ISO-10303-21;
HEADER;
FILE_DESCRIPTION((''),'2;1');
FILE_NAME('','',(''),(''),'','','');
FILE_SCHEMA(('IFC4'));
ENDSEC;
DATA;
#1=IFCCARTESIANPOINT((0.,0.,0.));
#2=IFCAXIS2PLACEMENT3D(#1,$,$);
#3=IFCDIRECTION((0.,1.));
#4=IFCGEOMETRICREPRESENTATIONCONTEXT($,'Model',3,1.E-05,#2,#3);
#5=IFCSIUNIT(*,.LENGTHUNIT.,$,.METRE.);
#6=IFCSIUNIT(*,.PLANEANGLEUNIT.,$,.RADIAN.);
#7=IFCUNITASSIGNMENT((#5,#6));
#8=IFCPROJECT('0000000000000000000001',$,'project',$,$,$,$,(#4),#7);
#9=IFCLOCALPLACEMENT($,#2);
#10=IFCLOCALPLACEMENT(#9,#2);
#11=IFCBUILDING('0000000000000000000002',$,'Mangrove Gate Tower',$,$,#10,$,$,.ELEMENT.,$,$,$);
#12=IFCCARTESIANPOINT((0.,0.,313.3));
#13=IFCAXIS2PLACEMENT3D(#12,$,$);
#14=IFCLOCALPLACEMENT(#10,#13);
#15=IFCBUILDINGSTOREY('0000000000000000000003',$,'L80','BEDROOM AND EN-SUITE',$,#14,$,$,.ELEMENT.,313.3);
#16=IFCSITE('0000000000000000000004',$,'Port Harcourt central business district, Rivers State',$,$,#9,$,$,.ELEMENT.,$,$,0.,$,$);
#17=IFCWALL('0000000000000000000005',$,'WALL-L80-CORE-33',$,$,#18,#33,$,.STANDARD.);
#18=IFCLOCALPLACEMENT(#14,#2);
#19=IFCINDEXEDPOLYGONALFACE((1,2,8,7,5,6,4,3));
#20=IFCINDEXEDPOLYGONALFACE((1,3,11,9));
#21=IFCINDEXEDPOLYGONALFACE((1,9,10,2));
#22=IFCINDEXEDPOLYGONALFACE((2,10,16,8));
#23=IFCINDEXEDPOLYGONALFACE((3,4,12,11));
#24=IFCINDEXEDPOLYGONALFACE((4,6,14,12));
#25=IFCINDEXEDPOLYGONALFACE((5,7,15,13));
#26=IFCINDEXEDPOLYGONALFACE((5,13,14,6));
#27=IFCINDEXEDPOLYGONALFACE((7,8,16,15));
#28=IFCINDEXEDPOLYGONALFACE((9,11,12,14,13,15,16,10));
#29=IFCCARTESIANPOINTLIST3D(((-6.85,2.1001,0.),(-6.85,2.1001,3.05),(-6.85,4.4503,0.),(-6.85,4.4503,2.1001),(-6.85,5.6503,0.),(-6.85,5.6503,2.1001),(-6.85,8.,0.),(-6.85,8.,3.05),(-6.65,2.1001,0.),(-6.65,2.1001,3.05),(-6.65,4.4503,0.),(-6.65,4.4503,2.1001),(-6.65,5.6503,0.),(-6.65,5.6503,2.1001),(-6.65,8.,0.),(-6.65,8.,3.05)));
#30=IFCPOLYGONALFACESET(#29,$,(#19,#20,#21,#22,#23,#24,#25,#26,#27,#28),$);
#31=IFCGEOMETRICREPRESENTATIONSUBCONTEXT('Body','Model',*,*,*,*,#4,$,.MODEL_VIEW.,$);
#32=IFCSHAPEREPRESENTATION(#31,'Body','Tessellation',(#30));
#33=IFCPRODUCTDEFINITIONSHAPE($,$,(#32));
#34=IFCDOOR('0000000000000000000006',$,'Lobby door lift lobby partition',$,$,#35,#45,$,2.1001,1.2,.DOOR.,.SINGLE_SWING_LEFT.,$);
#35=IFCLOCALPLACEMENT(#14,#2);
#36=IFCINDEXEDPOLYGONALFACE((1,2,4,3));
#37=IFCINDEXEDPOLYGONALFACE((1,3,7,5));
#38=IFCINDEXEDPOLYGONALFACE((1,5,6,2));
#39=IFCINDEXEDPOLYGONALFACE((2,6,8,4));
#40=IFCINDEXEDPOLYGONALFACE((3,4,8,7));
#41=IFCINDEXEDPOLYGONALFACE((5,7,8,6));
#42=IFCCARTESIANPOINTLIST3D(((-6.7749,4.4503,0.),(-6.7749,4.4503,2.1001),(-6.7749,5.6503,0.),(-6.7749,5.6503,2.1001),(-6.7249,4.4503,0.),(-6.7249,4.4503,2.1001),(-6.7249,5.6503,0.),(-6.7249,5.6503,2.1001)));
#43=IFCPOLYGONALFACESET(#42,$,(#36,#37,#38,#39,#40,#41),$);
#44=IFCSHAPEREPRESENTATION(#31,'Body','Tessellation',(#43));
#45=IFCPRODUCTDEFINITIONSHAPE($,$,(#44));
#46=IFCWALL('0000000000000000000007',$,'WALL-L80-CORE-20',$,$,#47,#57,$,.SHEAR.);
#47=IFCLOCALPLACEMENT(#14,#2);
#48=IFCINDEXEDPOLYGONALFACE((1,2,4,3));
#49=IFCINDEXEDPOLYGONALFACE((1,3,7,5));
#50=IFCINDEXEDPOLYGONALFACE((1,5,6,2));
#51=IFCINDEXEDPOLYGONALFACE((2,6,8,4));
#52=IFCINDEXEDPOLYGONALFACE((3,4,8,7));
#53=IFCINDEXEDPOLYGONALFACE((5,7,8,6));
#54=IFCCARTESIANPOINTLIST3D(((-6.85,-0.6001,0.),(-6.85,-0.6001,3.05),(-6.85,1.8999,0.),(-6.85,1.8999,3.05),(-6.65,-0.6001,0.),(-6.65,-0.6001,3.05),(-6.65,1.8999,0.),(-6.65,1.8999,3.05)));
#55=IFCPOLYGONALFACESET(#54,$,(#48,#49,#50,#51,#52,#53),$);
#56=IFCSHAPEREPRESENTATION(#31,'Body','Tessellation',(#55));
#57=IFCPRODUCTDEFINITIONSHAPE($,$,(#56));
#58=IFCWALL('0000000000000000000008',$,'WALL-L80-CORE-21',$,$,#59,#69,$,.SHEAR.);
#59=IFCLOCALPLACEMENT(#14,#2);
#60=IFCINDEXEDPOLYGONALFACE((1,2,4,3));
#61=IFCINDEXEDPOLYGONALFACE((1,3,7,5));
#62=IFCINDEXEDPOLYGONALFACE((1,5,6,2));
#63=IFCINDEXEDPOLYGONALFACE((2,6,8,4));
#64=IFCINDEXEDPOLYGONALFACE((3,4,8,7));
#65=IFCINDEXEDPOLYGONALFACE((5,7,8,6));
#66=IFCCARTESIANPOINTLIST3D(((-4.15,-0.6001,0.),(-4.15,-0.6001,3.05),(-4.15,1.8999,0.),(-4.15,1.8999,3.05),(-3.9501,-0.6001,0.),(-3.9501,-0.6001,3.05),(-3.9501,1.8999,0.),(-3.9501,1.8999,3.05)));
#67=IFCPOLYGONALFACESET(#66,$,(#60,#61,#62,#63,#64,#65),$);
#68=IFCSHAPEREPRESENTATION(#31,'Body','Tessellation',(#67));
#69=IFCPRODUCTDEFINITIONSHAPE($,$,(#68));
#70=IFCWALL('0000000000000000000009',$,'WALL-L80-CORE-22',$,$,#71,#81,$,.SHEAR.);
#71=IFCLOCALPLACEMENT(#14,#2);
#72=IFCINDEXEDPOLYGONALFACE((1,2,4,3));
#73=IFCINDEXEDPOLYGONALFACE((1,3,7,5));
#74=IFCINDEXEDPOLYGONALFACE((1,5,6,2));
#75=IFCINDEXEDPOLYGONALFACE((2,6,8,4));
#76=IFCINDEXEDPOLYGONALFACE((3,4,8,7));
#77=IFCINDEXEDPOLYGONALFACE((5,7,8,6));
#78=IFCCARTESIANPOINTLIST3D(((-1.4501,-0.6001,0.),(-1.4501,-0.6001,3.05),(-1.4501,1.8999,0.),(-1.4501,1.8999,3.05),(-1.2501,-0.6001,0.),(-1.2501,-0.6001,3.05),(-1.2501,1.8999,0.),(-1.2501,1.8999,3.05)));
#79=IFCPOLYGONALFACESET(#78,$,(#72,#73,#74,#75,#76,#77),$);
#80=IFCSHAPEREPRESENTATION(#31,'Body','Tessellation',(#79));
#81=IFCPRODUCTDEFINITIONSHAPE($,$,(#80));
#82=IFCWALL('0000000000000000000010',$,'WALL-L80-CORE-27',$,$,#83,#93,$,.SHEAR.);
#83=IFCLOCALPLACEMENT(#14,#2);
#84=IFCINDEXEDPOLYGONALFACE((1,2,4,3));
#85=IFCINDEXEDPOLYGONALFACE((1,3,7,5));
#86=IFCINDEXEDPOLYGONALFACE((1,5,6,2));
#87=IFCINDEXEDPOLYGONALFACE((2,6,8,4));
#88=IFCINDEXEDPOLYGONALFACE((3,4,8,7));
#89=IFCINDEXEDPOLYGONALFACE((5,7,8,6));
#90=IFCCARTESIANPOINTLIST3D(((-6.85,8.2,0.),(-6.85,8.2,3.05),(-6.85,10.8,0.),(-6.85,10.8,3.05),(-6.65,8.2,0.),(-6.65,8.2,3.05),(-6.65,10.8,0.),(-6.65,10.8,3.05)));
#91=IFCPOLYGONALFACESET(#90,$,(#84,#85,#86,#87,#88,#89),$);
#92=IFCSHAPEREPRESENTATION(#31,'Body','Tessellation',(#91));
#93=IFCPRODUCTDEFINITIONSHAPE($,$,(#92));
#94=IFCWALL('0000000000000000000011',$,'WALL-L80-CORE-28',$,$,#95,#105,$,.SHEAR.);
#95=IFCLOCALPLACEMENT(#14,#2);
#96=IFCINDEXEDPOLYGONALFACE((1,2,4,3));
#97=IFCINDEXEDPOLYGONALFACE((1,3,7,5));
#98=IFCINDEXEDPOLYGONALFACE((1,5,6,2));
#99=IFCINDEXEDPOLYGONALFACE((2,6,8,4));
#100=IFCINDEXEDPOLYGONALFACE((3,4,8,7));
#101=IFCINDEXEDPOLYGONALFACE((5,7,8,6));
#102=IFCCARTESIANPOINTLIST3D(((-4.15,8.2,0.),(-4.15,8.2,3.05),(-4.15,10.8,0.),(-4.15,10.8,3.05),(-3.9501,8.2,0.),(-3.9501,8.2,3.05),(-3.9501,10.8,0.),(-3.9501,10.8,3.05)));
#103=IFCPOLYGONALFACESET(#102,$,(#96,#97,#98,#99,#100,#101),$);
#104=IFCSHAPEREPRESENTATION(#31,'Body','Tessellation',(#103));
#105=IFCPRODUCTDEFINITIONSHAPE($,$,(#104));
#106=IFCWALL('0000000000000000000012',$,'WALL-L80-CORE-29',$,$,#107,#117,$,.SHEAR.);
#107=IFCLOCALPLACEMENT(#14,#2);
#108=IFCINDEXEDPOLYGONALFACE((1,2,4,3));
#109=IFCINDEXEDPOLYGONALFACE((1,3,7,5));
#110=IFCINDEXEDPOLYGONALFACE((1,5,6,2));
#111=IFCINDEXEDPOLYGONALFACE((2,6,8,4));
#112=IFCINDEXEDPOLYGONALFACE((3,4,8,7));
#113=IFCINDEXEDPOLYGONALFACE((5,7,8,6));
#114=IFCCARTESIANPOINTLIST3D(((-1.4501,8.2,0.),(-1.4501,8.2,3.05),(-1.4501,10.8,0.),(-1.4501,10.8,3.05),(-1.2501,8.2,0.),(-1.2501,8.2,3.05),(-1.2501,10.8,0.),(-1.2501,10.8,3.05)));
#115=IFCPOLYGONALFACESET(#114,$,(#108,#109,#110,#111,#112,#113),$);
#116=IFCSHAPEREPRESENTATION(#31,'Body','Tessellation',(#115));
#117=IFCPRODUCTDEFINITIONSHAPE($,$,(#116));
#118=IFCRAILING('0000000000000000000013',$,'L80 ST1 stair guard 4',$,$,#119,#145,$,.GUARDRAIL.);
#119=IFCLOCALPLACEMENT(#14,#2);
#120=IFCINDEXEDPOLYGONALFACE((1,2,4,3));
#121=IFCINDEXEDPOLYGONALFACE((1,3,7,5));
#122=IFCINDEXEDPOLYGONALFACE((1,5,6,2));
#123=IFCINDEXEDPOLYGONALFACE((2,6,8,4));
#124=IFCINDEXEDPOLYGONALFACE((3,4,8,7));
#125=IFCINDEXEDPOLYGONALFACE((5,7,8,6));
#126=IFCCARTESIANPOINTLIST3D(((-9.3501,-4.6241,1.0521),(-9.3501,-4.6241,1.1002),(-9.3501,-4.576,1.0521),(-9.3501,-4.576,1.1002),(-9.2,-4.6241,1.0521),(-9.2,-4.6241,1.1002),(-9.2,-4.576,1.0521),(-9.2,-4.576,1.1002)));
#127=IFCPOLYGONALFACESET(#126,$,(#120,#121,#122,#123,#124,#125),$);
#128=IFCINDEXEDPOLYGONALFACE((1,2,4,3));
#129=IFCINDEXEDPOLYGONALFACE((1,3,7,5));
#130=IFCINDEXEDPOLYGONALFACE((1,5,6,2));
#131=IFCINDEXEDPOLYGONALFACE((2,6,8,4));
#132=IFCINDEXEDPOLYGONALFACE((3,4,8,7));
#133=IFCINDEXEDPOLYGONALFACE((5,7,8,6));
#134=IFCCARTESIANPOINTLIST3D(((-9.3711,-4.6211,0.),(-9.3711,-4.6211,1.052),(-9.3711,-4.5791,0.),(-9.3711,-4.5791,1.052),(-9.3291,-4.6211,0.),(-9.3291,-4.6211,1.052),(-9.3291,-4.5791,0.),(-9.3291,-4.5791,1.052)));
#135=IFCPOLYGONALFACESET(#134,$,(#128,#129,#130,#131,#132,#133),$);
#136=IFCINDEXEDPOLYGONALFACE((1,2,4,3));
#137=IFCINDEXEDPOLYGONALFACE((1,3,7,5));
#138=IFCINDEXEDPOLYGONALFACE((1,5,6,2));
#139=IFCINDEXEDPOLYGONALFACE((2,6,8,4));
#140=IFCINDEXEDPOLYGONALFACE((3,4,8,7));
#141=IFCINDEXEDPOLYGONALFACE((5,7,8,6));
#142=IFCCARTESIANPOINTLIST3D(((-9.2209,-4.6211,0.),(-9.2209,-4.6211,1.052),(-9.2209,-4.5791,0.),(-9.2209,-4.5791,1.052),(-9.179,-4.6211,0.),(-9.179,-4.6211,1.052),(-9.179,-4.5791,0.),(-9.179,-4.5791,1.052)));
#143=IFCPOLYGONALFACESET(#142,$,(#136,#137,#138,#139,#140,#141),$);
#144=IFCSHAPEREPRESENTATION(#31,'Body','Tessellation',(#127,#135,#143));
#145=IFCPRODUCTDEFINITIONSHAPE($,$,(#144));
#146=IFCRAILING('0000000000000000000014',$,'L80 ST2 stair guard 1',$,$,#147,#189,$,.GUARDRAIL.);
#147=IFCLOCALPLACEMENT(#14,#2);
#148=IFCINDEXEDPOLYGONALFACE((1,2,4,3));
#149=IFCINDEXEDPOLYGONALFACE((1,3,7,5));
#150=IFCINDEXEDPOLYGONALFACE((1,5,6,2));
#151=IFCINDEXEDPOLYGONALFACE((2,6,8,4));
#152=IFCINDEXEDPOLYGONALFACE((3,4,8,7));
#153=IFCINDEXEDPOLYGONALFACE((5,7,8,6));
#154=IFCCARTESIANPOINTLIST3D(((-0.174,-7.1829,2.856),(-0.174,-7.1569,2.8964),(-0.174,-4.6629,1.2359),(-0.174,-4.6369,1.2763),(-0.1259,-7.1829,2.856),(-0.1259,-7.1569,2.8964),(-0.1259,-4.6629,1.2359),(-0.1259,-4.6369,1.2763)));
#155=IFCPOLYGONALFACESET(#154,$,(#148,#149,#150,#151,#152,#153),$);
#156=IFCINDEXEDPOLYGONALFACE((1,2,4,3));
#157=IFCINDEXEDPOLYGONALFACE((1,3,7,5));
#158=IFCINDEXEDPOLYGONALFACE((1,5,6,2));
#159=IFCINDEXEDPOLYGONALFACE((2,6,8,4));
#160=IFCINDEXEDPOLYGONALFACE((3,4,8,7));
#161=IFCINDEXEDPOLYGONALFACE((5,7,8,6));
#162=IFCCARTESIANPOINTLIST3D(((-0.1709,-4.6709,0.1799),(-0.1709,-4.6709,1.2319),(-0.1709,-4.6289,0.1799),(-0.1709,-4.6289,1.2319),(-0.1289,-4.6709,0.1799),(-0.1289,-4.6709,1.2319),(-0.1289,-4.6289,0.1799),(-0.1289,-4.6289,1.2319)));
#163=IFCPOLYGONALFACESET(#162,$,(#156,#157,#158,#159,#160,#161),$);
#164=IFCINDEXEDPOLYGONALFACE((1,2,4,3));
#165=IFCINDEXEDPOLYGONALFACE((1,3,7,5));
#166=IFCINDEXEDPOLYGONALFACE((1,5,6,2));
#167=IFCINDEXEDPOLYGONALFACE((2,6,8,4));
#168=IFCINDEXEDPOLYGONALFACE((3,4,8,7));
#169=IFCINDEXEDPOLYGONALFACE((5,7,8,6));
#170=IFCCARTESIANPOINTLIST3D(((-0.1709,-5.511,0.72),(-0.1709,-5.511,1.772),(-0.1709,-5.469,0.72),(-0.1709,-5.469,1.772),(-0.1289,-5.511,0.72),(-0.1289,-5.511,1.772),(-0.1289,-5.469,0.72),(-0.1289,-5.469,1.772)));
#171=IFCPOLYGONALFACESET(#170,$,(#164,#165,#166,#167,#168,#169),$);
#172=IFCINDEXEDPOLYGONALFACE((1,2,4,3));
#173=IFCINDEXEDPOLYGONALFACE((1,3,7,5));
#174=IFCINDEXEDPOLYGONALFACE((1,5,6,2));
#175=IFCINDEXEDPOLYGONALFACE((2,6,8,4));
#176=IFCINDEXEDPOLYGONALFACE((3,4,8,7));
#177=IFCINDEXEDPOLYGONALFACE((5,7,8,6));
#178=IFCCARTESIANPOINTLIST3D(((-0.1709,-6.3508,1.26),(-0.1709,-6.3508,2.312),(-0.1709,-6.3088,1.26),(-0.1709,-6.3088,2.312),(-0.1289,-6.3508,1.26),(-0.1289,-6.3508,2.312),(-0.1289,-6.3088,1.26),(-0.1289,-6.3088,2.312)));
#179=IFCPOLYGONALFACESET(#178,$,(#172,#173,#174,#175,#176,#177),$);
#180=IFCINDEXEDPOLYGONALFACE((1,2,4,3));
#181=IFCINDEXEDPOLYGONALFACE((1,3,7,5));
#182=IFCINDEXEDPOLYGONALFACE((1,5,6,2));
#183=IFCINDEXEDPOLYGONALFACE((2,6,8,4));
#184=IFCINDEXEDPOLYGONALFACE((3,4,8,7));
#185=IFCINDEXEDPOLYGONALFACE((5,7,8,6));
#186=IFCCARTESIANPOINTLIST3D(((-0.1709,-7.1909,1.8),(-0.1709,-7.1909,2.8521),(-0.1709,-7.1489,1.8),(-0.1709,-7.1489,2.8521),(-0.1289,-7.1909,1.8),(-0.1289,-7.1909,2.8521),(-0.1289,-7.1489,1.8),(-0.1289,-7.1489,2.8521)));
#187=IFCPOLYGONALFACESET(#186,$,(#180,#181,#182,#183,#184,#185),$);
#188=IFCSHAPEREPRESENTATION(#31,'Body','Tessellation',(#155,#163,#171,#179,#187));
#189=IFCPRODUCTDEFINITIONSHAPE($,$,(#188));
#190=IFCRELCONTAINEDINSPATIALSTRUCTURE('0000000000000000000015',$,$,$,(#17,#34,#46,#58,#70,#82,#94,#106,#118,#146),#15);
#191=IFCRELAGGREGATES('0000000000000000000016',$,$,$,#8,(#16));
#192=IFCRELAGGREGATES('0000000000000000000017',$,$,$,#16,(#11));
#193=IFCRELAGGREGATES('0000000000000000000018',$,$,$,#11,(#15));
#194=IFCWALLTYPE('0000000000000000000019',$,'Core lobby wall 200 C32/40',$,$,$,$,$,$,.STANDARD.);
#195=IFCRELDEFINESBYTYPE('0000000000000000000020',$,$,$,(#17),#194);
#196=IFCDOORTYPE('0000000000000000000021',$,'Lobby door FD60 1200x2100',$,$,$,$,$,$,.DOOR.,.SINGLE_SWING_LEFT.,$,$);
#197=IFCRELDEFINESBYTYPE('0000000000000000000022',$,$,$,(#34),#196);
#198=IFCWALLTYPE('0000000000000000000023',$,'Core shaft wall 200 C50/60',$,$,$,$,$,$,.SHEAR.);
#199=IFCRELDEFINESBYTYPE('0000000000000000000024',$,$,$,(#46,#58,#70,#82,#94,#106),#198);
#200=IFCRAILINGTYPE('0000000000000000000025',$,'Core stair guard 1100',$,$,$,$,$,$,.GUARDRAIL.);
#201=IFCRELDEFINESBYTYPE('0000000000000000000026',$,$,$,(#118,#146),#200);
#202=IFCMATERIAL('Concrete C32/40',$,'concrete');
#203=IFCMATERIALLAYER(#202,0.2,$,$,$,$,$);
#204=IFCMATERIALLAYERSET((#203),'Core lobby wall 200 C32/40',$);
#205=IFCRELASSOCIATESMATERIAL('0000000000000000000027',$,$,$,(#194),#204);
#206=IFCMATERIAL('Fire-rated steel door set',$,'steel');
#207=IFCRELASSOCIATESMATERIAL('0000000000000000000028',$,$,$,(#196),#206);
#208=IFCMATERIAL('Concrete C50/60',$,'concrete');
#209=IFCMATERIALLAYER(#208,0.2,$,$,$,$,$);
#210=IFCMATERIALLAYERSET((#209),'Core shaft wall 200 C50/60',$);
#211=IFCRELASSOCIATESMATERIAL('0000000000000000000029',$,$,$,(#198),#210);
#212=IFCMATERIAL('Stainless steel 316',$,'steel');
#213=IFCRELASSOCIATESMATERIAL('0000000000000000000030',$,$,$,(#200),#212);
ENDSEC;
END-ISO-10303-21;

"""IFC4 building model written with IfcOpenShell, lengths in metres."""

from ifc_helpers import new_model, si_unit, direction, frame, frame_2d, origin, origin_2d, place, context, subcontext, project, spatial, rectangle, extrude, material, layer, layer_set, type_object, element, fill, save


model = new_model("IFC4")

# Units and contexts
model_context = context("Model", 3, precision=1e-05, world=origin(), true_north=direction((0.0, 1.0)))
body_context = subcontext(model_context, "Body", "Model", "MODEL_VIEW")
ifc_project = project(units=[si_unit("LENGTHUNIT", "METRE"), si_unit("PLANEANGLEUNIT", "RADIAN")], contexts=[model_context])

# Site, building, storey
site_placement = place(None, origin())
site = spatial("IfcSite", under=ifc_project, at=site_placement, Name="Port Harcourt central business district, Rivers State", CompositionType="ELEMENT", RefElevation=0.0)
building_placement = place(site_placement, origin())
building = spatial("IfcBuilding", under=site, at=building_placement, Name="Mangrove Gate Tower", CompositionType="ELEMENT")
storey_placement = place(building_placement, frame((0.0, 0.0, 313.3)))
storey = spatial("IfcBuildingStorey", under=building, at=storey_placement, Name="L80", Description="BEDROOM AND EN-SUITE", CompositionType="ELEMENT", Elevation=313.3)

# Wall, opening, door
ifc_material_1 = material(Name="Concrete C32/40", Category="concrete")
ifc_layer_1 = layer(ifc_material_1, 0.2)
ifc_layer_set_1 = layer_set([ifc_layer_1], Name="Core lobby wall 200 C32/40")
wall_type_1 = type_object("IfcWallType", Name="Core lobby wall 200 C32/40", PredefinedType="STANDARD", material=ifc_layer_set_1)
wall_placement = place(storey_placement, frame((-6.75, 2.1001, 0.0), z_axis=(0.0, 0.0, 1.0), x_axis=(0.0, 1.0, 0.0)))
wall = element("IfcWall", 1, at=wall_placement, inside=storey, type_object=wall_type_1, Name="WALL-L80-CORE-33", PredefinedType="STANDARD", context=body_context, shape_type="SweptSolid", body=[
    extrude(rectangle(XDim=5.8999, YDim=0.2, at=frame_2d((2.95, 0.0))), origin(), (0.0, 0.0, 1.0), 3.05),
])
opening_placement = place(wall_placement, frame((2.3501, 0.0, 0.0)))
opening = element("IfcOpeningElement", 2, at=opening_placement, cuts=wall, PredefinedType="OPENING", context=body_context, shape_type="SweptSolid", body=[
    extrude(rectangle(XDim=1.2, YDim=2.1001, at=frame_2d((0.6001, 1.05))), frame((0.0, 0.1099, 0.0), z_axis=(0.0, -1.0, 0.0), x_axis=(1.0, 0.0, 0.0)), (0.0, 0.0, 1.0), 0.22),
])
ifc_material_2 = material(Name="Fire-rated steel door set", Category="steel")
door_type = type_object("IfcDoorType", Name="Lobby door FD60 1200x2100", OperationType="SINGLE_SWING_LEFT", PredefinedType="DOOR", material=ifc_material_2)
door_placement = place(opening_placement, origin())
door = element("IfcDoor", 3, at=door_placement, inside=storey, type_object=door_type, Name="Lobby door lift lobby partition", OperationType="SINGLE_SWING_LEFT", OverallHeight=2.1001, OverallWidth=1.2, PredefinedType="DOOR", context=body_context, shape_type="SweptSolid", body=[
    extrude(rectangle(XDim=1.2, YDim=2.1001, at=frame_2d((0.6001, 1.05))), frame((0.0, 0.0249, 0.0), z_axis=(0.0, -1.0, 0.0), x_axis=(1.0, 0.0, 0.0)), (0.0, 0.0, 1.0), 0.05),
])
fill(opening, door)

# Walls
ifc_material_3 = material(Name="Concrete C50/60", Category="concrete")
ifc_layer_2 = layer(ifc_material_3, 0.2)
ifc_layer_set_2 = layer_set([ifc_layer_2], Name="Core shaft wall 200 C50/60")
wall_type_2 = type_object("IfcWallType", Name="Core shaft wall 200 C50/60", PredefinedType="SHEAR", material=ifc_layer_set_2)
for number, where, z_axis, x_axis, name in (
    (4, (-6.75, -0.6001, 0.0), (0.0, 0.0, 1.0), (0.0, 1.0, 0.0), "WALL-L80-CORE-20"),
    (5, (-4.05, -0.6001, 0.0), (0.0, 0.0, 1.0), (0.0, 1.0, 0.0), "WALL-L80-CORE-21"),
    (6, (-1.3501, -0.6001, 0.0), (0.0, 0.0, 1.0), (0.0, 1.0, 0.0), "WALL-L80-CORE-22"),
):
    element("IfcWall", number, at=place(storey_placement, frame(where, z_axis=z_axis, x_axis=x_axis)), inside=storey, type_object=wall_type_2, Name=name, PredefinedType="SHEAR", context=body_context, shape_type="SweptSolid", body=[
        extrude(rectangle(XDim=2.5, YDim=0.2, at=frame_2d((1.25, 0.0))), origin(), (0.0, 0.0, 1.0), 3.05),
    ])
for number, where, z_axis, x_axis, name in (
    (7, (-6.75, 8.2, 0.0), (0.0, 0.0, 1.0), (0.0, 1.0, 0.0), "WALL-L80-CORE-27"),
    (8, (-4.05, 8.2, 0.0), (0.0, 0.0, 1.0), (0.0, 1.0, 0.0), "WALL-L80-CORE-28"),
    (9, (-1.3501, 8.2, 0.0), (0.0, 0.0, 1.0), (0.0, 1.0, 0.0), "WALL-L80-CORE-29"),
):
    element("IfcWall", number, at=place(storey_placement, frame(where, z_axis=z_axis, x_axis=x_axis)), inside=storey, type_object=wall_type_2, Name=name, PredefinedType="SHEAR", context=body_context, shape_type="SweptSolid", body=[
        extrude(rectangle(XDim=2.6001, YDim=0.2, at=frame_2d((1.3, 0.0))), origin(), (0.0, 0.0, 1.0), 3.05),
    ])

# Railings
ifc_material_4 = material(Name="Stainless steel 316", Category="steel")
railing_type = type_object("IfcRailingType", Name="Core stair guard 1100", PredefinedType="GUARDRAIL", material=ifc_material_4)
railing_1_placement = place(storey_placement, frame((-9.3501, -4.6001, 0.0)))
element("IfcRailing", 10, at=railing_1_placement, inside=storey, type_object=railing_type, Name="L80 ST1 stair guard 4", PredefinedType="GUARDRAIL", context=body_context, shape_type="SweptSolid", body=[
    extrude(rectangle(XDim=0.0481, YDim=0.0481, at=origin_2d()), frame((0.0, 0.0, 1.0762), z_axis=(1.0, 0.0, 0.0), x_axis=(0.0, 1.0, 0.0)), (0.0, 0.0, 1.0), 0.1501),
    extrude(rectangle(XDim=0.042, YDim=0.042, at=origin_2d()), origin(), (0.0, 0.0, 1.0), 1.052),
    extrude(rectangle(XDim=0.042, YDim=0.042, at=origin_2d()), frame((0.1501, 0.0, 0.0)), (0.0, 0.0, 1.0), 1.052),
])
railing_2_placement = place(storey_placement, frame((-0.1499, -4.6499, 0.1799)))
element("IfcRailing", 11, at=railing_2_placement, inside=storey, type_object=railing_type, Name="L80 ST2 stair guard 1", PredefinedType="GUARDRAIL", context=body_context, shape_type="SweptSolid", body=[
    extrude(rectangle(XDim=0.0481, YDim=0.0481, at=origin_2d()), frame((0.0, 0.0, 1.0762), z_axis=(0.0, -0.841163, 0.540782), x_axis=(1.0, 0.0, 0.0)), (0.0, 0.0, 1.0), 2.9958),
    extrude(rectangle(XDim=0.042, YDim=0.042, at=origin_2d()), origin(), (0.0, 0.0, 1.0), 1.052),
    extrude(rectangle(XDim=0.042, YDim=0.042, at=origin_2d()), frame((0.0, -0.8401, 0.54)), (0.0, 0.0, 1.0), 1.052),
    extrude(rectangle(XDim=0.042, YDim=0.042, at=origin_2d()), frame((0.0, -1.6799, 1.0801)), (0.0, 0.0, 1.0), 1.052),
    extrude(rectangle(XDim=0.042, YDim=0.042, at=origin_2d()), frame((0.0, -2.52, 1.6201)), (0.0, 0.0, 1.0), 1.052),
])

save(model, "model.ifc")
